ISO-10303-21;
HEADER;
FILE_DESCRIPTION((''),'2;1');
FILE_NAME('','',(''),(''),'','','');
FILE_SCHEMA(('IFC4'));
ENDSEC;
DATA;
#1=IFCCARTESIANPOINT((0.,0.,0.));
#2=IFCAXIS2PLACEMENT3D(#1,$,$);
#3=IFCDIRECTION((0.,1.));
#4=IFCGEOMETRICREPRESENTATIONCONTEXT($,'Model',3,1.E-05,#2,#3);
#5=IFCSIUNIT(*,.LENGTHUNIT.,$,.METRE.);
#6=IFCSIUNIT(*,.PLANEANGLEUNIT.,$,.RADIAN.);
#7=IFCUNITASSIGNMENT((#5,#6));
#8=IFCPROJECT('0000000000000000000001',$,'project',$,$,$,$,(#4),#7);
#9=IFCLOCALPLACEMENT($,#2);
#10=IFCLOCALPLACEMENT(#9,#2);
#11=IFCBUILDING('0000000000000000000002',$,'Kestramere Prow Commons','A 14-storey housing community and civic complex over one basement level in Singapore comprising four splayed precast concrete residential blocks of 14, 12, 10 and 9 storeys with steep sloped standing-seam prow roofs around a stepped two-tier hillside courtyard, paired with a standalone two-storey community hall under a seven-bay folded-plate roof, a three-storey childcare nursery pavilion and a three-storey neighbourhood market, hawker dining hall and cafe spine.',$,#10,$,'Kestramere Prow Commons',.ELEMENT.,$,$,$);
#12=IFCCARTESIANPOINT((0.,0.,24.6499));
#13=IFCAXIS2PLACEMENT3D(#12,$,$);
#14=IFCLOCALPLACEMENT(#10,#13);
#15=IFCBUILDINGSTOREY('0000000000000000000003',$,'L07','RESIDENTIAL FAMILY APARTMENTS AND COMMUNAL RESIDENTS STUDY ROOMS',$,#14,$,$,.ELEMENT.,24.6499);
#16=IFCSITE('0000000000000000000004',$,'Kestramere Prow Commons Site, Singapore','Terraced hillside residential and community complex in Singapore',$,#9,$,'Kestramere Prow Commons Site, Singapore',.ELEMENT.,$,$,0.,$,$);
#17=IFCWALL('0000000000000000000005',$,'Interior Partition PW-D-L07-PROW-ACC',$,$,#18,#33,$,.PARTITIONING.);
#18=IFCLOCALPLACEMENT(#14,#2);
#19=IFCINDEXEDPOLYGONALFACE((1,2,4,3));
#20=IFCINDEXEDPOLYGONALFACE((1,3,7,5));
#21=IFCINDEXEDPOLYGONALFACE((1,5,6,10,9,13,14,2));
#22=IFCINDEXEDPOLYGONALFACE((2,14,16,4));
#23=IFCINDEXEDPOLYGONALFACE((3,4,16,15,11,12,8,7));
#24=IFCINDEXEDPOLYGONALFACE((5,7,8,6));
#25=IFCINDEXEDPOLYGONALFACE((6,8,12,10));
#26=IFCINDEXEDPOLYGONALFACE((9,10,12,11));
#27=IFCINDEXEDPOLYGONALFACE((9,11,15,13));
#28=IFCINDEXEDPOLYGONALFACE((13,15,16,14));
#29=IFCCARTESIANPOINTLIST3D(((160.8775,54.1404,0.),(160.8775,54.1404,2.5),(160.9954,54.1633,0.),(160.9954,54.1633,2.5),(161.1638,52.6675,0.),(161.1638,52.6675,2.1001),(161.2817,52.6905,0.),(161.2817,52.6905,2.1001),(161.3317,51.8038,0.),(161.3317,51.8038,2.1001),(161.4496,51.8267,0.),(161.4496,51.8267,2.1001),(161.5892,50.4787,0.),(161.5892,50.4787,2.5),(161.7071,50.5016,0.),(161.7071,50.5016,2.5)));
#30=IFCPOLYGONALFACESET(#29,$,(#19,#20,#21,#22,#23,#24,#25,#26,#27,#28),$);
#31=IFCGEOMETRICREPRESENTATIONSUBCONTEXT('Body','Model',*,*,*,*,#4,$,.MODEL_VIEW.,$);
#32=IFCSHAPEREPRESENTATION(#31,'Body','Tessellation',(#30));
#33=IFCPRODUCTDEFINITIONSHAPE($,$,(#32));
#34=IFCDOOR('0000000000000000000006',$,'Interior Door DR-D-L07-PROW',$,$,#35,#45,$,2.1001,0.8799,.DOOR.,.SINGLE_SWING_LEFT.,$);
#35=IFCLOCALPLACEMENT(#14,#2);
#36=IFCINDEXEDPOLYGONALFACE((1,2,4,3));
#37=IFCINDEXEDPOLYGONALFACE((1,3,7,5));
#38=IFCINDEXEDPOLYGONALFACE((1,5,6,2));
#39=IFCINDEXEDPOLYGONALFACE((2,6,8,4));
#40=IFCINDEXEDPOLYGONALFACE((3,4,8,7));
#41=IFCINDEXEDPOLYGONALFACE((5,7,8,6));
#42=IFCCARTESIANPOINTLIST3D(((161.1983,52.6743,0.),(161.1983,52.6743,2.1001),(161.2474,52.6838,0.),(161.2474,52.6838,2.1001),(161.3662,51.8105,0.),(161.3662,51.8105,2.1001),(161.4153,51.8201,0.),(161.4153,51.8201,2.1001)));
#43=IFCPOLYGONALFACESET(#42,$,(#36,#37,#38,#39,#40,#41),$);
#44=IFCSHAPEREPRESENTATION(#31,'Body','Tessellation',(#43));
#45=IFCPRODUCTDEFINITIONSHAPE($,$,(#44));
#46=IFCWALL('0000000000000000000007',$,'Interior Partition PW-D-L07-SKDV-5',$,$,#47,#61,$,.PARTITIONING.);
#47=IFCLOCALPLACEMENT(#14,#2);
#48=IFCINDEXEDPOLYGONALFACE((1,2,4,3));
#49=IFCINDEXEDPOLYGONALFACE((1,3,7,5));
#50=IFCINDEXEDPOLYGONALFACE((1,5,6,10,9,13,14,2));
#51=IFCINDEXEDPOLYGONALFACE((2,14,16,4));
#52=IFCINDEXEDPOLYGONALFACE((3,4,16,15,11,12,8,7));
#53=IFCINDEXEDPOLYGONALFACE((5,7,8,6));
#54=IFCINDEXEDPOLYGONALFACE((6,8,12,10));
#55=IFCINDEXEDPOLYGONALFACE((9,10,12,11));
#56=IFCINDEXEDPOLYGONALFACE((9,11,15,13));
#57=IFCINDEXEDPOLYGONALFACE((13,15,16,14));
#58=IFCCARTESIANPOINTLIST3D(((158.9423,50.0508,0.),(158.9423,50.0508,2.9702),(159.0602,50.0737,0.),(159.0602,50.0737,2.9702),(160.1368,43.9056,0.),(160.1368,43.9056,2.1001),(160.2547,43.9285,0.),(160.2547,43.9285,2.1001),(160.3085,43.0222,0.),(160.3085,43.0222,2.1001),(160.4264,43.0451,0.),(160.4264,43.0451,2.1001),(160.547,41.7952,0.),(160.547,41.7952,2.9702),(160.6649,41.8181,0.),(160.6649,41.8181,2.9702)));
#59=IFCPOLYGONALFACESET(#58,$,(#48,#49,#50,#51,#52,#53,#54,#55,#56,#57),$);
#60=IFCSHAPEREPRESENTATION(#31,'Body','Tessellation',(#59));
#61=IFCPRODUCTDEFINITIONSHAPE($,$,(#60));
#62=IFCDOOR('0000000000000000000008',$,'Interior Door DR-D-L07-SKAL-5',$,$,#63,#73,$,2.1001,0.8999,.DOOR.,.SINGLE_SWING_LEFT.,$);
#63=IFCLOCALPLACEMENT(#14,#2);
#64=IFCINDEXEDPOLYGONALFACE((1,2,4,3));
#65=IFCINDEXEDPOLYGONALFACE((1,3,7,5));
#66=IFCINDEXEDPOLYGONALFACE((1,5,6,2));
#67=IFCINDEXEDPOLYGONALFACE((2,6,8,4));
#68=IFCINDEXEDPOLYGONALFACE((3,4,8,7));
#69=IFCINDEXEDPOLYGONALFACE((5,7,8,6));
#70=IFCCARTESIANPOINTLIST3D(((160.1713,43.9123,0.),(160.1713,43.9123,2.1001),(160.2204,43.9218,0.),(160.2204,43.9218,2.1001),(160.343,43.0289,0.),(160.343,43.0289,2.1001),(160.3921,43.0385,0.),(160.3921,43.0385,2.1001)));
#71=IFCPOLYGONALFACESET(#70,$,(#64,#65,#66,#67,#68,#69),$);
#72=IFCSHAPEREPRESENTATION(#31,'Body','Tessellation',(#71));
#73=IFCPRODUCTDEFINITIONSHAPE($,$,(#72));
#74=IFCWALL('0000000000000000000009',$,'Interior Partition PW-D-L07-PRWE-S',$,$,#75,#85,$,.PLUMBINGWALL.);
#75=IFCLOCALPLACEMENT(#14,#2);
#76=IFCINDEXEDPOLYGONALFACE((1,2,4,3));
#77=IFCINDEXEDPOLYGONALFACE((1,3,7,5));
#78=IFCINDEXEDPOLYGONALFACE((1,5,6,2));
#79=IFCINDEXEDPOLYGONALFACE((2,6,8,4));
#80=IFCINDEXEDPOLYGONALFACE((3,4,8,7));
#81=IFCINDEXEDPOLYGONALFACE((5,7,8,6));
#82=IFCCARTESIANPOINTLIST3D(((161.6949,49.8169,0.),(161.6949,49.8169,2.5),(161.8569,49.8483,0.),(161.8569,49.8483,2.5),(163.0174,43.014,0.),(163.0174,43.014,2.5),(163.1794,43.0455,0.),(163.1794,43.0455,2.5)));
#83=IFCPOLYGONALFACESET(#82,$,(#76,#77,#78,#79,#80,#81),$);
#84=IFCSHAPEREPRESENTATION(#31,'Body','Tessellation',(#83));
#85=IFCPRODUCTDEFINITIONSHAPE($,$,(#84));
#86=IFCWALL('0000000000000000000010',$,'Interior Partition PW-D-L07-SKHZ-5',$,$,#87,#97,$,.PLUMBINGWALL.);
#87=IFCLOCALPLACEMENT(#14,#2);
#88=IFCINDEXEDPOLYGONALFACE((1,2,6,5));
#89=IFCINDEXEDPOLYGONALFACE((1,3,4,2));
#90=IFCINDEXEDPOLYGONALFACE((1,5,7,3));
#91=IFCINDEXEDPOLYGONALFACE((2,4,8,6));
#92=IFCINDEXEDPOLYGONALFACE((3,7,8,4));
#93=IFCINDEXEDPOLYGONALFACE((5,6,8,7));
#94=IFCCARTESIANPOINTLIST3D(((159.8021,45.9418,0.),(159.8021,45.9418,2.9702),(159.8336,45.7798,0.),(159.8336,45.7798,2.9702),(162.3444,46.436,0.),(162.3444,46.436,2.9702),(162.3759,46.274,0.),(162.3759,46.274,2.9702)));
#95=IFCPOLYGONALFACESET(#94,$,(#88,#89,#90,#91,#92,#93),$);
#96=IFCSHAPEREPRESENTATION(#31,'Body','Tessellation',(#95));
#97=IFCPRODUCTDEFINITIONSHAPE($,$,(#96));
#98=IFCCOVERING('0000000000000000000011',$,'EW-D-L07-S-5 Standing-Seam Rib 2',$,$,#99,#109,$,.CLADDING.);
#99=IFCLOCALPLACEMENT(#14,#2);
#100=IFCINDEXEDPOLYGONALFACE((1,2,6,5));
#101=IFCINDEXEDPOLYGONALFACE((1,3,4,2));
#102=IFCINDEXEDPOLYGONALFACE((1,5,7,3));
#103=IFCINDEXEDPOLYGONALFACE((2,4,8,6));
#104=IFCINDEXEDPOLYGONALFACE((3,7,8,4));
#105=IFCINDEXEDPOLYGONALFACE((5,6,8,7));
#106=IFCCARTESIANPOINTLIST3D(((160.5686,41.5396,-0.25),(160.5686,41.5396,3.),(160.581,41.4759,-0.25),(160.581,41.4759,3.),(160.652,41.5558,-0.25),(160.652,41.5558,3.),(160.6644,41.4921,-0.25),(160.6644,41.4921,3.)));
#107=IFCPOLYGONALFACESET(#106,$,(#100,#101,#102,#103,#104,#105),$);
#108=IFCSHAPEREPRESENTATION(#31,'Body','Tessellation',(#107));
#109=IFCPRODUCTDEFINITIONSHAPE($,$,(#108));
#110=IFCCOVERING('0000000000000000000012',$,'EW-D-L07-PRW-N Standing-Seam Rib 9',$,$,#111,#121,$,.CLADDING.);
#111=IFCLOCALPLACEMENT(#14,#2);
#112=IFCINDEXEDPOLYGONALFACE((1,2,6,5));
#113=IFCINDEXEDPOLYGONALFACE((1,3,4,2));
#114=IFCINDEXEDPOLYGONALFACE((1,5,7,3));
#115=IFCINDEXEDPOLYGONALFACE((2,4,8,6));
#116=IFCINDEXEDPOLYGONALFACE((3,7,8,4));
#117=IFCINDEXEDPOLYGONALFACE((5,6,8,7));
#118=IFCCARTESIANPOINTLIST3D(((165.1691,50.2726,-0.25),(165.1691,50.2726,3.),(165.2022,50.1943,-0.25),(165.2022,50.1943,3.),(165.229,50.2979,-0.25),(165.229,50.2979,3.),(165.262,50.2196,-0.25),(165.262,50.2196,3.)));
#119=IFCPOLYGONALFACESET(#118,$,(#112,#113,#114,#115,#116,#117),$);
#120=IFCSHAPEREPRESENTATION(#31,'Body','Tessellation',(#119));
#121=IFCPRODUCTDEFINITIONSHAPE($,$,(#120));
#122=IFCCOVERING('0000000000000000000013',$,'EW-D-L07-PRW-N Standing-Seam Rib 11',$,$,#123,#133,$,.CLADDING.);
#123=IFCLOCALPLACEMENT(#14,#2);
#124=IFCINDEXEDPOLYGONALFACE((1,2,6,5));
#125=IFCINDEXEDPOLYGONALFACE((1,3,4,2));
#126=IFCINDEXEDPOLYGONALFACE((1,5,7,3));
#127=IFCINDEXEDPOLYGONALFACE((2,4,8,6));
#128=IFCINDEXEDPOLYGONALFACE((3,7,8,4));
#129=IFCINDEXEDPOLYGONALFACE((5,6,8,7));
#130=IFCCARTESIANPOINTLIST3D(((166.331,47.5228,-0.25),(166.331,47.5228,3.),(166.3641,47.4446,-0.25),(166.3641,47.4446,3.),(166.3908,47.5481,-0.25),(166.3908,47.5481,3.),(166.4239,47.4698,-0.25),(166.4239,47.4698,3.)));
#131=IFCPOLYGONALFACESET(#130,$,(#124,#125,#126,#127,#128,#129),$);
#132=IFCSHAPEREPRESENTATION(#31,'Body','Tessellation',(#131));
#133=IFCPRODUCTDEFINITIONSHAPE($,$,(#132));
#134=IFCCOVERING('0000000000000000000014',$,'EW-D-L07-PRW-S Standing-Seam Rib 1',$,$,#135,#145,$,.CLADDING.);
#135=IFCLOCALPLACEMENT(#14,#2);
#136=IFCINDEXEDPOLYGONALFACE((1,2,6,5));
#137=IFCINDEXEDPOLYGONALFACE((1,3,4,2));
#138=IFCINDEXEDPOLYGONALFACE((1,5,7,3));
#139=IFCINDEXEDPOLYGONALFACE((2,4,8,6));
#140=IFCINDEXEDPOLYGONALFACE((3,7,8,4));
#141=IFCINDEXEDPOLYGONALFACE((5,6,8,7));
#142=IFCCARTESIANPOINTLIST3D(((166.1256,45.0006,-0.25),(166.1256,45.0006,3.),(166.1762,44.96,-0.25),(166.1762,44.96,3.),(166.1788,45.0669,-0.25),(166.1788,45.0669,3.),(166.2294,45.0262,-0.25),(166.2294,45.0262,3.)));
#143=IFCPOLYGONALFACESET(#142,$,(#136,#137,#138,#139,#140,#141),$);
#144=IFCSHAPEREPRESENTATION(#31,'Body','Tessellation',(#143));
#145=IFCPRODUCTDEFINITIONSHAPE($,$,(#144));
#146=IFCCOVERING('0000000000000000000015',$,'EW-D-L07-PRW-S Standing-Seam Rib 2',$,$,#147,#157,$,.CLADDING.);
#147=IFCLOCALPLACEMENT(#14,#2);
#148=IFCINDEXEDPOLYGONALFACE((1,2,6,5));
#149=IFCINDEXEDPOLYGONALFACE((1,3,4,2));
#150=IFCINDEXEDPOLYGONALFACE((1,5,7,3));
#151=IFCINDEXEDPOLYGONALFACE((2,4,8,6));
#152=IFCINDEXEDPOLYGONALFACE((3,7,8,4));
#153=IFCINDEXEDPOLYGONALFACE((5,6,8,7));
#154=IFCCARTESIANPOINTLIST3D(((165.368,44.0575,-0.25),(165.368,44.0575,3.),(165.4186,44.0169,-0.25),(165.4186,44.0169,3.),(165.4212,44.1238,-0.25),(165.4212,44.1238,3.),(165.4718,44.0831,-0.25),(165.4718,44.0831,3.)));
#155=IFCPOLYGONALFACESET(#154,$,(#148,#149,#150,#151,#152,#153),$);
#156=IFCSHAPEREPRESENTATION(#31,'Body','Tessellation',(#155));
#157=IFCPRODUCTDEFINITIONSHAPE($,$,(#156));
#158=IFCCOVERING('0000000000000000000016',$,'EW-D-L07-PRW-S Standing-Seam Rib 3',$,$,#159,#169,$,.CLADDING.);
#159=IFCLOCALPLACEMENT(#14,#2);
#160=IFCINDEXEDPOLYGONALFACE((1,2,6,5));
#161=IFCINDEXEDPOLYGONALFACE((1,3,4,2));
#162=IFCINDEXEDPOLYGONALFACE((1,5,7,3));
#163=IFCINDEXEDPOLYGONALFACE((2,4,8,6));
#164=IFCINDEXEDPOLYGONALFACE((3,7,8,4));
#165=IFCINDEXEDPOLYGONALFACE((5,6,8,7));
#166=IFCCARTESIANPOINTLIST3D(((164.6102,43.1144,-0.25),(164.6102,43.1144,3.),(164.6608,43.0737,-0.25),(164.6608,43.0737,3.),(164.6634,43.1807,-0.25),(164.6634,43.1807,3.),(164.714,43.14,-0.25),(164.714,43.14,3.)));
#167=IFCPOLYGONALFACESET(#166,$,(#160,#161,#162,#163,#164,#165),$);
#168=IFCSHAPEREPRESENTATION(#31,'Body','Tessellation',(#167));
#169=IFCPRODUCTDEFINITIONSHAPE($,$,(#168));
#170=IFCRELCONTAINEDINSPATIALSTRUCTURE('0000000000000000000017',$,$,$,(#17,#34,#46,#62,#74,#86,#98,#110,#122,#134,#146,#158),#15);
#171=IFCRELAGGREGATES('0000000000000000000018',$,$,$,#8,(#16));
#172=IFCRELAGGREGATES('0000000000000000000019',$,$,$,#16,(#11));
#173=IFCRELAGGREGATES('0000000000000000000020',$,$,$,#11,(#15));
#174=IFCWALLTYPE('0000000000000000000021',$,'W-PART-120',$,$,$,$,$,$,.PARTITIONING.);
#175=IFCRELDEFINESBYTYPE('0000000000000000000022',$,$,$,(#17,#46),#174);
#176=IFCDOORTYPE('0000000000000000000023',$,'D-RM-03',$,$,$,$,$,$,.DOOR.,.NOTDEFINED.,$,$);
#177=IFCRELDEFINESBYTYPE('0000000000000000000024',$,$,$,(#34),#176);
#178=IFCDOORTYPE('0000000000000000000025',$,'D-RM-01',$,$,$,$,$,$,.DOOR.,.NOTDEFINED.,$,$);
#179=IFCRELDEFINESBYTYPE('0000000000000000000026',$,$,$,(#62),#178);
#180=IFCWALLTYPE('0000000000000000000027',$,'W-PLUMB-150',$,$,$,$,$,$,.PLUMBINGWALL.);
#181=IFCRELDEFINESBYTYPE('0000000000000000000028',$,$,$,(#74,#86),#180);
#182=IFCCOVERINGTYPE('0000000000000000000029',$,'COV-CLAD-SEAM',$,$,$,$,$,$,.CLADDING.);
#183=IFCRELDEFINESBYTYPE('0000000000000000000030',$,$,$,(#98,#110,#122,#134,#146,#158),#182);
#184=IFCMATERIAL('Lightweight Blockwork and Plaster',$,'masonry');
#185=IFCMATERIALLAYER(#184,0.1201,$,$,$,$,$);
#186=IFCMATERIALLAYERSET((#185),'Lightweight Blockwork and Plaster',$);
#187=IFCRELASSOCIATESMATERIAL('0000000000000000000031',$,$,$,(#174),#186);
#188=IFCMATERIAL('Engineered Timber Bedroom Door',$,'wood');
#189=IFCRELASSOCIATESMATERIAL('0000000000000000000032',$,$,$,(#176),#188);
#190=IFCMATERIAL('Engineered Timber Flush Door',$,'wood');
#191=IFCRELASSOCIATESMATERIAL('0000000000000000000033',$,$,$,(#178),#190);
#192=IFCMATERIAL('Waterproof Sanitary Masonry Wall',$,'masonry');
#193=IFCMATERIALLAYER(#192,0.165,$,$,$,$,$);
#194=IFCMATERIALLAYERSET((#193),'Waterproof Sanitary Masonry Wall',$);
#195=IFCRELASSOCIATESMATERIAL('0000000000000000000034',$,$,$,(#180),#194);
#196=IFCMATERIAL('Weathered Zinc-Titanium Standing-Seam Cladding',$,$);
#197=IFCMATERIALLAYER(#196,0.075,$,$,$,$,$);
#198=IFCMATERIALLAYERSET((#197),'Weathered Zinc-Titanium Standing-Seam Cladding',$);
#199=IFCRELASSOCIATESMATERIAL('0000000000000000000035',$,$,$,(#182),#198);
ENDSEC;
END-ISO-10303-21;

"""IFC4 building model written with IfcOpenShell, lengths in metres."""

from ifc_helpers import new_model, si_unit, direction, frame, frame_2d, origin, origin_2d, place, context, subcontext, project, spatial, rectangle, extrude, material, layer, layer_set, type_object, element, fill, save


model = new_model("IFC4")

# Units and contexts
model_context = context("Model", 3, precision=1e-05, world=origin(), true_north=direction((0.0, 1.0)))
body_context = subcontext(model_context, "Body", "Model", "MODEL_VIEW")
ifc_project = project(units=[si_unit("LENGTHUNIT", "METRE"), si_unit("PLANEANGLEUNIT", "RADIAN")], contexts=[model_context])

# Site, building, storey
site_placement = place(None, origin())
site = spatial("IfcSite", under=ifc_project, at=site_placement, Name="Kestramere Prow Commons Site, Singapore", Description="Terraced hillside residential and community complex in Singapore", LongName="Kestramere Prow Commons Site, Singapore", CompositionType="ELEMENT", RefElevation=0.0)
building_placement = place(site_placement, origin())
building = spatial("IfcBuilding", under=site, at=building_placement, Name="Kestramere Prow Commons", Description="A 14-storey housing community and civic complex over one basement level in Singapore comprising four splayed precast concrete residential blocks of 14, 12, 10 and 9 storeys with steep sloped standing-seam prow roofs around a stepped two-tier hillside courtyard, paired with a standalone two-storey community hall under a seven-bay folded-plate roof, a three-storey childcare nursery pavilion and a three-storey neighbourhood market, hawker dining hall and cafe spine.", LongName="Kestramere Prow Commons", CompositionType="ELEMENT")
storey_placement = place(building_placement, frame((0.0, 0.0, 24.6499)))
storey = spatial("IfcBuildingStorey", under=building, at=storey_placement, Name="L07", Description="RESIDENTIAL FAMILY APARTMENTS AND COMMUNAL RESIDENTS STUDY ROOMS", CompositionType="ELEMENT", Elevation=24.6499)

# Shared definitions
ifc_material_1 = material(Name="Weathered Zinc-Titanium Standing-Seam Cladding")

# Walls, openings, doors
ifc_material_2 = material(Name="Lightweight Blockwork and Plaster", Category="masonry")
ifc_layer_1 = layer(ifc_material_2, 0.1201)
ifc_layer_set_1 = layer_set([ifc_layer_1], Name="Lightweight Blockwork and Plaster")
wall_type_1 = type_object("IfcWallType", Name="W-PART-120", PredefinedType="PARTITIONING", material=ifc_layer_set_1)
wall_1_placement = place(storey_placement, frame((161.6482, 50.49, 0.0), z_axis=(0.0, 0.0, 1.0), x_axis=(-0.190789, 0.981631, 0.0)))
wall_1 = element("IfcWall", 1, at=wall_1_placement, inside=storey, type_object=wall_type_1, Name="Interior Partition PW-D-L07-PROW-ACC", PredefinedType="PARTITIONING", context=body_context, shape_type="SweptSolid", body=[
    extrude(rectangle(XDim=3.7302, YDim=0.1201, at=frame_2d((1.8652, 0.0))), origin(), (0.0, 0.0, 1.0), 2.5),
])
opening_1_placement = place(wall_1_placement, frame((1.3501, 0.0, 0.0)))
opening_1 = element("IfcOpeningElement", 2, at=opening_1_placement, cuts=wall_1, PredefinedType="OPENING", context=body_context, shape_type="SweptSolid", body=[
    extrude(rectangle(XDim=0.8799, YDim=2.1001, at=frame_2d((0.4399, 1.05))), frame((0.0, 0.075, 0.0), z_axis=(0.0, -1.0, 0.0), x_axis=(1.0, 0.0, 0.0)), (0.0, 0.0, 1.0), 0.1501),
])
ifc_material_3 = material(Name="Engineered Timber Bedroom Door", Category="wood")
door_type_1 = type_object("IfcDoorType", Name="D-RM-03", OperationType="NOTDEFINED", PredefinedType="DOOR", material=ifc_material_3)
door_1_placement = place(opening_1_placement, origin())
door_1 = element("IfcDoor", 3, at=door_1_placement, inside=storey, type_object=door_type_1, Name="Interior Door DR-D-L07-PROW", OperationType="SINGLE_SWING_LEFT", OverallHeight=2.1001, OverallWidth=0.8799, PredefinedType="DOOR", context=body_context, shape_type="SweptSolid", body=[
    extrude(rectangle(XDim=0.8799, YDim=2.1001, at=frame_2d((0.4399, 1.05))), frame((0.0, 0.0249, 0.0), z_axis=(0.0, -1.0, 0.0), x_axis=(1.0, 0.0, 0.0)), (0.0, 0.0, 1.0), 0.05),
])
fill(opening_1, door_1)
wall_2_placement = place(storey_placement, frame((160.606, 41.8066, 0.0), z_axis=(0.0, 0.0, 1.0), x_axis=(-0.19081, 0.981627, 0.0)))
wall_2 = element("IfcWall", 4, at=wall_2_placement, inside=storey, type_object=wall_type_1, Name="Interior Partition PW-D-L07-SKDV-5", PredefinedType="PARTITIONING", context=body_context, shape_type="SweptSolid", body=[
    extrude(rectangle(XDim=8.4102, YDim=0.1201, at=frame_2d((4.2051, 0.0))), origin(), (0.0, 0.0, 1.0), 2.9702),
])
opening_2_placement = place(wall_2_placement, frame((1.25, 0.0, 0.0)))
opening_2 = element("IfcOpeningElement", 5, at=opening_2_placement, cuts=wall_2, PredefinedType="OPENING", context=body_context, shape_type="SweptSolid", body=[
    extrude(rectangle(XDim=0.8999, YDim=2.1001, at=frame_2d((0.45, 1.05))), frame((0.0, 0.075, 0.0), z_axis=(0.0, -1.0, 0.0), x_axis=(1.0, 0.0, 0.0)), (0.0, 0.0, 1.0), 0.1501),
])
ifc_material_4 = material(Name="Engineered Timber Flush Door", Category="wood")
door_type_2 = type_object("IfcDoorType", Name="D-RM-01", OperationType="NOTDEFINED", PredefinedType="DOOR", material=ifc_material_4)
door_2_placement = place(opening_2_placement, origin())
door_2 = element("IfcDoor", 6, at=door_2_placement, inside=storey, type_object=door_type_2, Name="Interior Door DR-D-L07-SKAL-5", OperationType="SINGLE_SWING_LEFT", OverallHeight=2.1001, OverallWidth=0.8999, PredefinedType="DOOR", context=body_context, shape_type="SweptSolid", body=[
    extrude(rectangle(XDim=0.8999, YDim=2.1001, at=frame_2d((0.45, 1.05))), frame((0.0, 0.0249, 0.0), z_axis=(0.0, -1.0, 0.0), x_axis=(1.0, 0.0, 0.0)), (0.0, 0.0, 1.0), 0.05),
])
fill(opening_2, door_2)

# Walls
ifc_material_5 = material(Name="Waterproof Sanitary Masonry Wall", Category="masonry")
ifc_layer_2 = layer(ifc_material_5, 0.165)
ifc_layer_set_2 = layer_set([ifc_layer_2], Name="Waterproof Sanitary Masonry Wall")
wall_type_2 = type_object("IfcWallType", Name="W-PLUMB-150", PredefinedType="PLUMBINGWALL", material=ifc_layer_set_2)
wall_3_placement = place(storey_placement, frame((163.0984, 43.0298, 0.0), z_axis=(0.0, 0.0, 1.0), x_axis=(-0.190836, 0.981622, 0.0)))
element("IfcWall", 7, at=wall_3_placement, inside=storey, type_object=wall_type_2, Name="Interior Partition PW-D-L07-PRWE-S", PredefinedType="PLUMBINGWALL", context=body_context, shape_type="SweptSolid", body=[
    extrude(rectangle(XDim=6.9302, YDim=0.165, at=frame_2d((3.4651, 0.0))), origin(), (0.0, 0.0, 1.0), 2.5),
])
wall_4_placement = place(storey_placement, frame((159.8179, 45.8608, 0.0), z_axis=(0.0, 0.0, 1.0), x_axis=(0.981629, 0.190802, 0.0)))
element("IfcWall", 8, at=wall_4_placement, inside=storey, type_object=wall_type_2, Name="Interior Partition PW-D-L07-SKHZ-5", PredefinedType="PLUMBINGWALL", context=body_context, shape_type="SweptSolid", body=[
    extrude(rectangle(XDim=2.5898, YDim=0.165, at=frame_2d((1.2949, 0.0))), origin(), (0.0, 0.0, 1.0), 2.9702),
])

# Coverings
ifc_layer_3 = layer(ifc_material_1, 0.075)
ifc_layer_set_3 = layer_set([ifc_layer_3], Name="Weathered Zinc-Titanium Standing-Seam Cladding")
covering_type = type_object("IfcCoveringType", Name="COV-CLAD-SEAM", PredefinedType="CLADDING", material=ifc_layer_set_3)
for number, where, z_axis, x_axis, name in (
    (9, (160.6165, 41.5159, -0.25), (0.0, 0.0, 1.0), (-0.981627, -0.190809, 0.0), "EW-D-L07-S-5 Standing-Seam Rib 2"),
    (10, (165.2156, 50.2461, -0.25), (0.0, 0.0, 1.0), (0.38922, -0.921145, 0.0), "EW-D-L07-PRW-N Standing-Seam Rib 9"),
    (11, (166.3774, 47.4963, -0.25), (0.0, 0.0, 1.0), (0.38922, -0.921145, 0.0), "EW-D-L07-PRW-N Standing-Seam Rib 11"),
    (12, (166.1775, 45.0134, -0.25), (0.0, 0.0, 1.0), (-0.626298, -0.779584, 0.0), "EW-D-L07-PRW-S Standing-Seam Rib 1"),
    (13, (165.4199, 44.0703, -0.25), (0.0, 0.0, 1.0), (-0.626298, -0.779584, 0.0), "EW-D-L07-PRW-S Standing-Seam Rib 2"),
    (14, (164.6621, 43.1272, -0.25), (0.0, 0.0, 1.0), (-0.626298, -0.779584, 0.0), "EW-D-L07-PRW-S Standing-Seam Rib 3"),
):
    element("IfcCovering", number, at=place(storey_placement, frame(where, z_axis=z_axis, x_axis=x_axis)), inside=storey, type_object=covering_type, Name=name, PredefinedType="CLADDING", context=body_context, shape_type="SweptSolid", body=[
        extrude(rectangle(XDim=0.085, YDim=0.0649, at=origin_2d()), origin(), (0.0, 0.0, 1.0), 3.25),
    ])

save(model, "model.ifc")
